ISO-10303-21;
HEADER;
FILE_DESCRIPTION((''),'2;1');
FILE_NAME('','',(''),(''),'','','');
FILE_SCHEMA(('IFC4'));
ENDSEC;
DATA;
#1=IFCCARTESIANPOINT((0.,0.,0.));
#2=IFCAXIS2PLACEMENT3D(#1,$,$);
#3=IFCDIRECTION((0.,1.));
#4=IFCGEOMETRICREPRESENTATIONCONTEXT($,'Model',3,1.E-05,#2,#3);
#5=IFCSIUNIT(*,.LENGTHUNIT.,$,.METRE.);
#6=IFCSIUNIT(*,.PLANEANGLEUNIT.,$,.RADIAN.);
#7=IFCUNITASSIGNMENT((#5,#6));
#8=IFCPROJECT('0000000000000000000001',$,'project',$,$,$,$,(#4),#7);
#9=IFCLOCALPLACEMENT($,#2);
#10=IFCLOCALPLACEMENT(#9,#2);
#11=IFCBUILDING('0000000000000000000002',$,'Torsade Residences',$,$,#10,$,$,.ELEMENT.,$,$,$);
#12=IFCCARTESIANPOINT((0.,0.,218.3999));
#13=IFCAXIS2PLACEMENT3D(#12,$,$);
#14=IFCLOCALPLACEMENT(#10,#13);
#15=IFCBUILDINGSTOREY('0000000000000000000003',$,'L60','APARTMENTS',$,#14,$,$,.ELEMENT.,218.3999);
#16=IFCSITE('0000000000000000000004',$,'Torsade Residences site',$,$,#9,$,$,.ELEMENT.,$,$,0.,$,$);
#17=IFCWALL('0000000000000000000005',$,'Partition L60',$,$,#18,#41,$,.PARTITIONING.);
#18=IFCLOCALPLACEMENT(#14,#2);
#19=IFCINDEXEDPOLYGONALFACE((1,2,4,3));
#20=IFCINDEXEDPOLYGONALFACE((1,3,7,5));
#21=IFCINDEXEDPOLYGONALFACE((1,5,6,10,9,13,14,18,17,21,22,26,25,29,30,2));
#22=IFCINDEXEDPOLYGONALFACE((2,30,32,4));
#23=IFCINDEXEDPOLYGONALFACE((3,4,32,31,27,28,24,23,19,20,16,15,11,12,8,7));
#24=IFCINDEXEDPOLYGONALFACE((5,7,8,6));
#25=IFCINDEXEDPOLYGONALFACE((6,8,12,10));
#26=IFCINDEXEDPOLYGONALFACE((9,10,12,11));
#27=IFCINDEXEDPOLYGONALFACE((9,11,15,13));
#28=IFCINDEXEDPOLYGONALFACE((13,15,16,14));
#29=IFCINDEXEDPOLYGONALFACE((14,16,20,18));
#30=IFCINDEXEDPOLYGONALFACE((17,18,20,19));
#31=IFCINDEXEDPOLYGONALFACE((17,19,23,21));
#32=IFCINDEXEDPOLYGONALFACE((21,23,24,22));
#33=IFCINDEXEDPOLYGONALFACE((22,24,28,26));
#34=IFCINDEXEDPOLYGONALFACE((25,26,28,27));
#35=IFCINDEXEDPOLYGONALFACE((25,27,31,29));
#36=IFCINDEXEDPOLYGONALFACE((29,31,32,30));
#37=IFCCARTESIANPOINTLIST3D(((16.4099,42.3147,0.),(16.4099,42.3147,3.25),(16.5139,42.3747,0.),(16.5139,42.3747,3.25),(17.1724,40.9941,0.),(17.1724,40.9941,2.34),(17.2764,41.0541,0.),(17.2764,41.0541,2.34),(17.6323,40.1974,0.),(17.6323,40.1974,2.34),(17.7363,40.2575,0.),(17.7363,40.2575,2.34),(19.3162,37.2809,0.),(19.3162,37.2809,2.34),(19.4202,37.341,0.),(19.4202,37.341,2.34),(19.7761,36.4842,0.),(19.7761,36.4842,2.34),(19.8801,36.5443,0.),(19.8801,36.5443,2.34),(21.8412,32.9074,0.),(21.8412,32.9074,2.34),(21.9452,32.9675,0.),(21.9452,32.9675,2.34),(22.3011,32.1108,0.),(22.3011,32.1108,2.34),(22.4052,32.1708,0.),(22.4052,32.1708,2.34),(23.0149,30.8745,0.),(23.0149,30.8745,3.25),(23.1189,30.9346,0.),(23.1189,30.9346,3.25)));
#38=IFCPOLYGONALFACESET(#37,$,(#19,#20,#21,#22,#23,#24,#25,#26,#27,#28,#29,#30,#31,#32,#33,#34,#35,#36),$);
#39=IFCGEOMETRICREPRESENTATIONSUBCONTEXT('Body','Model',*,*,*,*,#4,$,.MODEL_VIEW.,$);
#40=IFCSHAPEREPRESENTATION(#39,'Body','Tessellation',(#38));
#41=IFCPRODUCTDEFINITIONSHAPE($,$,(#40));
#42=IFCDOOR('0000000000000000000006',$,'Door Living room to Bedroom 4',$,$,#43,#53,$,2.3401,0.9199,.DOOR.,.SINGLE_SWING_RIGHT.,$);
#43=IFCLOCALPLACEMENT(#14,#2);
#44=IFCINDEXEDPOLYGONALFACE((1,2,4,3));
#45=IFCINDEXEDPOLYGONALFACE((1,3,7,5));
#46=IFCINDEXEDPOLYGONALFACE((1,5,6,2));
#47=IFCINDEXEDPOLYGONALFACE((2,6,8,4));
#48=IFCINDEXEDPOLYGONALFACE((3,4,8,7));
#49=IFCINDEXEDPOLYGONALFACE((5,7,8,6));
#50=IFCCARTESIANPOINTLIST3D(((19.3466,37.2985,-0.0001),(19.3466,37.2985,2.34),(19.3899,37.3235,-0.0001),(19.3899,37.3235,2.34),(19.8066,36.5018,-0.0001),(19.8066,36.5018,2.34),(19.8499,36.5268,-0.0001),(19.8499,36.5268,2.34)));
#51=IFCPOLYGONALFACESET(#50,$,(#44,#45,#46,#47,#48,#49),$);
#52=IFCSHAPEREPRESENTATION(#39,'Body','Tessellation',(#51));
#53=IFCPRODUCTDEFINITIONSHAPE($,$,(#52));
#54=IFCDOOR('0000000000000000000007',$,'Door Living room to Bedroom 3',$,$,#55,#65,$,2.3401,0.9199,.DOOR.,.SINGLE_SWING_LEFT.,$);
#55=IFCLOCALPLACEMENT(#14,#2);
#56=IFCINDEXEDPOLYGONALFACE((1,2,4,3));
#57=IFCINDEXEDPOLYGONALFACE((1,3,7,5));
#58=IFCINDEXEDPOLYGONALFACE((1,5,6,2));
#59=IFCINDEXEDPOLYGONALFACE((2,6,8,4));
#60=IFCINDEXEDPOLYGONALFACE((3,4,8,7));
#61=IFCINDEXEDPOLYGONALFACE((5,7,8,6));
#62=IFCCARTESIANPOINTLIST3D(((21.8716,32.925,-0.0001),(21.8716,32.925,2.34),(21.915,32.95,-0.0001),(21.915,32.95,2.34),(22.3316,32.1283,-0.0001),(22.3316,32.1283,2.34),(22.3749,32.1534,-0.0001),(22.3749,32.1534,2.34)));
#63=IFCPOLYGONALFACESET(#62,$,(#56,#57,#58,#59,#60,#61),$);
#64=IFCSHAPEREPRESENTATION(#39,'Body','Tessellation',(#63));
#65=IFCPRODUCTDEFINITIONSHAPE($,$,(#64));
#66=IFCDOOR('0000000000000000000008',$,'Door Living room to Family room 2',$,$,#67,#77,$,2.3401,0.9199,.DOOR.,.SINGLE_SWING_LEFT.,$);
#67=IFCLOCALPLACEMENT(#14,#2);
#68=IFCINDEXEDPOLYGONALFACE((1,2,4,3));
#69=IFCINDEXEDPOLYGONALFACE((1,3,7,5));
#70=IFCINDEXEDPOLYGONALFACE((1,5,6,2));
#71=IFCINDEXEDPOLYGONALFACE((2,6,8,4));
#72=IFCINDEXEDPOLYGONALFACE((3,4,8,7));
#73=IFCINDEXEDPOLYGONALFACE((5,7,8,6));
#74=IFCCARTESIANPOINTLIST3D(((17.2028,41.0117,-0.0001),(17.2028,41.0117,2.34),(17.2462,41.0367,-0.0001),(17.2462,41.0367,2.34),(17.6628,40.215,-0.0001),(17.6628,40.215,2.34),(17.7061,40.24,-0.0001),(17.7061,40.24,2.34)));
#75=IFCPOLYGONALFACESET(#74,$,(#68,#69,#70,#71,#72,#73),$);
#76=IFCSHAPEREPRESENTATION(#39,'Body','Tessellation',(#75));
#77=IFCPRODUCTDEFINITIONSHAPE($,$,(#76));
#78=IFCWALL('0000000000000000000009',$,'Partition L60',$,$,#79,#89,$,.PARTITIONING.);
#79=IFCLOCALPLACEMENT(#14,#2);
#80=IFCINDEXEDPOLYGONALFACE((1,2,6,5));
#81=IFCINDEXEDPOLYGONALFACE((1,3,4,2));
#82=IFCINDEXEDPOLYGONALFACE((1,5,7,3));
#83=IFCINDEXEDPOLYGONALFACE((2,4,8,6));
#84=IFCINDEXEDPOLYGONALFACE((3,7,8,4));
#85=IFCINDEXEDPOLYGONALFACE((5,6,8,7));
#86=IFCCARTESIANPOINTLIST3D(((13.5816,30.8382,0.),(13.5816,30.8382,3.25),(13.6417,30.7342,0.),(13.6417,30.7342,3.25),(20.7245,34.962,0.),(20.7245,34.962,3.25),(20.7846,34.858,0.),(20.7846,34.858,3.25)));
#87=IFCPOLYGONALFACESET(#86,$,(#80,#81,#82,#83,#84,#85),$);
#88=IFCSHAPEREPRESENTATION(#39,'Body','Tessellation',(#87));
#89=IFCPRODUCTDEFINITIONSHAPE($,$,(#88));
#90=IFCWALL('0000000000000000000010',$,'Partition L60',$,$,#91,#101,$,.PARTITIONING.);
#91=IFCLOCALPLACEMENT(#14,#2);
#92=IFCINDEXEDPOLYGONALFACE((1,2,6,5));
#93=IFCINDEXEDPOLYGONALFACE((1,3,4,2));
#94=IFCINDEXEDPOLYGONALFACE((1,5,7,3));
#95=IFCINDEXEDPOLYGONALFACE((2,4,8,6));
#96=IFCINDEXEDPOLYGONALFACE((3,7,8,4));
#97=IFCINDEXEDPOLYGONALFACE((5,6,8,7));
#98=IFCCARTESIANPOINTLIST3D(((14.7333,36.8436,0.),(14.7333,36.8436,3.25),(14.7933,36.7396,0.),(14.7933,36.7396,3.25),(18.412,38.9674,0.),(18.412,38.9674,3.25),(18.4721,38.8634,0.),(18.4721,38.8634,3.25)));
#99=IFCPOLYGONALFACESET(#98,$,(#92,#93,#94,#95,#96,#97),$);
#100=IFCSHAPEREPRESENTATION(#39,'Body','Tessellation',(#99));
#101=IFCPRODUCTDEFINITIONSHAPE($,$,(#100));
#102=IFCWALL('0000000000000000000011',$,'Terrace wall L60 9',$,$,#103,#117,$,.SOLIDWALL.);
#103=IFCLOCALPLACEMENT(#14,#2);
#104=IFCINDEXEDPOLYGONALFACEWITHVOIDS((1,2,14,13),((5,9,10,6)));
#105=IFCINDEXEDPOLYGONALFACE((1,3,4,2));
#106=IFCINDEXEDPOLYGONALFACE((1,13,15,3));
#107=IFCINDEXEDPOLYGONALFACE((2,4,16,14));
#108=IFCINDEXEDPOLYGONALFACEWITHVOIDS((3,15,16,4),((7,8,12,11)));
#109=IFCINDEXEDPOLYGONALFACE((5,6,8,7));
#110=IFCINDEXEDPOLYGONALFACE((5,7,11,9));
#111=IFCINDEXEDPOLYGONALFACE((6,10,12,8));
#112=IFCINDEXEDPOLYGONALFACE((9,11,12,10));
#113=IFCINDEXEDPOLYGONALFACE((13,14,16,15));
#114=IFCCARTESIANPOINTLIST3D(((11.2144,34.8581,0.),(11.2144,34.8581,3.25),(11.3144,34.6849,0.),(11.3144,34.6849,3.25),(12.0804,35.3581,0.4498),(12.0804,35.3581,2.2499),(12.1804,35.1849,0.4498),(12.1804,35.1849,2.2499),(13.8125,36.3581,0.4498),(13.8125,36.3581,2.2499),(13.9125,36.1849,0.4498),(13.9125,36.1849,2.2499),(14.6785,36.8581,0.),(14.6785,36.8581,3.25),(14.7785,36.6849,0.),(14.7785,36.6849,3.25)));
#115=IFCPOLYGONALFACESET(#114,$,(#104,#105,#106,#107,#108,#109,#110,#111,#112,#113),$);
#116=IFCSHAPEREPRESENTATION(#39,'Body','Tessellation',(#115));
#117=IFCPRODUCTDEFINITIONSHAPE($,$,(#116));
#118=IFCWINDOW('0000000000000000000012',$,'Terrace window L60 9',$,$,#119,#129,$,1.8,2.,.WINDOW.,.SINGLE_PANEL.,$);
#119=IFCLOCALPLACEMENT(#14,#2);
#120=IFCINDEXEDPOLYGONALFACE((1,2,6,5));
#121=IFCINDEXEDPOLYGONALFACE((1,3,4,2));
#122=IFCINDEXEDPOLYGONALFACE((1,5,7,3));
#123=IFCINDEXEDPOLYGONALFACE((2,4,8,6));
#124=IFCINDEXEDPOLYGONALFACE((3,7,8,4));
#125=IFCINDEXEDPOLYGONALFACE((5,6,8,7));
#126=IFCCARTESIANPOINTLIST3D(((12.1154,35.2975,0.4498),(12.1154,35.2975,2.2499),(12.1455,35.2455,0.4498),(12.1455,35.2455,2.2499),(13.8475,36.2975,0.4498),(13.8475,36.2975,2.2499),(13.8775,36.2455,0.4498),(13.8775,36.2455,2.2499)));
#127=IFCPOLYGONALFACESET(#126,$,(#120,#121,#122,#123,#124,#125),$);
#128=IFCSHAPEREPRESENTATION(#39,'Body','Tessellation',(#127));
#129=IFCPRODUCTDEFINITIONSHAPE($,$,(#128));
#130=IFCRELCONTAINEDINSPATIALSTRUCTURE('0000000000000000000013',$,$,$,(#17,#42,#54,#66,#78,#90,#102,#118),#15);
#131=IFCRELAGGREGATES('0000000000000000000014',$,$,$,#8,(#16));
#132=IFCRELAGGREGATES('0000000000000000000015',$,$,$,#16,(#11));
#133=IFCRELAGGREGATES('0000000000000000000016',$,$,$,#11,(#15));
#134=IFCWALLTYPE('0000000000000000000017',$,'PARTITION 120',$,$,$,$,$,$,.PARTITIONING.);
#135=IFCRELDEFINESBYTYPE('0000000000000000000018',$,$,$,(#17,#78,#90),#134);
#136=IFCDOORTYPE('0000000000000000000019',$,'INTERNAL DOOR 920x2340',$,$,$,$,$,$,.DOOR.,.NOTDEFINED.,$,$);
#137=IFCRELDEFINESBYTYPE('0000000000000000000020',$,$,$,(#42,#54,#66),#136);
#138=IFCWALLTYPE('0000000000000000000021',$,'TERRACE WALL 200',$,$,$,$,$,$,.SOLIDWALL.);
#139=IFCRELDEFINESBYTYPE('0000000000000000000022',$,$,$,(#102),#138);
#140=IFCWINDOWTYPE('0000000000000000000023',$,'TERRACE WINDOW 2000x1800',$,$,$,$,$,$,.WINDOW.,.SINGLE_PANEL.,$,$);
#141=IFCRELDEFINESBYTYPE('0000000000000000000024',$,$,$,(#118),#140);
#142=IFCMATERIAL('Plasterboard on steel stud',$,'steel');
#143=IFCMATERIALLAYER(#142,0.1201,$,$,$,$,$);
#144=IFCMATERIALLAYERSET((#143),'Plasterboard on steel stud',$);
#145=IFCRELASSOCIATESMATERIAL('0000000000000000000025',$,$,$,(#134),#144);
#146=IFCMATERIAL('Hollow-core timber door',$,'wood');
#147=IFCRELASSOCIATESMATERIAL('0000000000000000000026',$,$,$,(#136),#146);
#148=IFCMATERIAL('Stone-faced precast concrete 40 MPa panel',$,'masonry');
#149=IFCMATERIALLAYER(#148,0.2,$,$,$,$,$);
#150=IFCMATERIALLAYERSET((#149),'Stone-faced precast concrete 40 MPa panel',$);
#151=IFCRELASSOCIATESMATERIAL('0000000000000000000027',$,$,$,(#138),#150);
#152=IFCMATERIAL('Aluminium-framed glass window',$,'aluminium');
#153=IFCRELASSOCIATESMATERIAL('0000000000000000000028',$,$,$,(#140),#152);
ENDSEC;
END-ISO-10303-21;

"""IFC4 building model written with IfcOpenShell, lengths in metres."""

from ifc_helpers import new_model, si_unit, direction, frame, frame_2d, origin, place, context, subcontext, project, spatial, rectangle, extrude, material, layer, layer_set, type_object, element, fill, save


model = new_model("IFC4")

# Units and contexts
model_context = context("Model", 3, precision=1e-05, world=origin(), true_north=direction((0.0, 1.0)))
body_context = subcontext(model_context, "Body", "Model", "MODEL_VIEW")
ifc_project = project(units=[si_unit("LENGTHUNIT", "METRE"), si_unit("PLANEANGLEUNIT", "RADIAN")], contexts=[model_context])

# Site, building, storey
site_placement = place(None, origin())
site = spatial("IfcSite", under=ifc_project, at=site_placement, Name="Torsade Residences site", CompositionType="ELEMENT", RefElevation=0.0)
building_placement = place(site_placement, origin())
building = spatial("IfcBuilding", under=site, at=building_placement, Name="Torsade Residences", CompositionType="ELEMENT")
storey_placement = place(building_placement, frame((0.0, 0.0, 218.3999)))
storey = spatial("IfcBuildingStorey", under=building, at=storey_placement, Name="L60", Description="APARTMENTS", CompositionType="ELEMENT", Elevation=218.3999)

# Wall, openings, doors
ifc_material_1 = material(Name="Plasterboard on steel stud", Category="steel")
ifc_layer_1 = layer(ifc_material_1, 0.1201)
ifc_layer_set_1 = layer_set([ifc_layer_1], Name="Plasterboard on steel stud")
wall_type_1 = type_object("IfcWallType", Name="PARTITION 120", PredefinedType="PARTITIONING", material=ifc_layer_set_1)
wall_1_placement = place(storey_placement, frame((23.0669, 30.9045, 0.0), z_axis=(0.0, 0.0, 1.0), x_axis=(-0.499999, 0.866026, 0.0)))
wall_1 = element("IfcWall", 1, at=wall_1_placement, inside=storey, type_object=wall_type_1, Name="Partition L60", PredefinedType="PARTITIONING", context=body_context, shape_type="SweptSolid", body=[
    extrude(rectangle(XDim=13.21, YDim=0.1201, at=frame_2d((6.605, 0.0))), origin(), (0.0, 0.0, 1.0), 3.25),
])
opening_1_placement = place(wall_1_placement, frame((6.4775, 0.0, 0.0)))
opening_1 = element("IfcOpeningElement", 2, at=opening_1_placement, cuts=wall_1, PredefinedType="OPENING", context=body_context, shape_type="SweptSolid", body=[
    extrude(rectangle(XDim=0.9199, YDim=2.3401, at=frame_2d((0.46, 1.1699))), frame((0.0, 0.0701, 0.0), z_axis=(0.0, -1.0, 0.0), x_axis=(1.0, 0.0, 0.0)), (0.0, 0.0, 1.0), 0.1401),
])
opening_2_placement = place(wall_1_placement, frame((1.4275, 0.0, 0.0)))
opening_2 = element("IfcOpeningElement", 3, at=opening_2_placement, cuts=wall_1, PredefinedType="OPENING", context=body_context, shape_type="SweptSolid", body=[
    extrude(rectangle(XDim=0.9199, YDim=2.3401, at=frame_2d((0.46, 1.1699))), frame((0.0, 0.0701, 0.0), z_axis=(0.0, -1.0, 0.0), x_axis=(1.0, 0.0, 0.0)), (0.0, 0.0, 1.0), 0.1401),
])
opening_3_placement = place(wall_1_placement, frame((10.7651, 0.0, 0.0)))
opening_3 = element("IfcOpeningElement", 4, at=opening_3_placement, cuts=wall_1, PredefinedType="OPENING", context=body_context, shape_type="SweptSolid", body=[
    extrude(rectangle(XDim=0.9199, YDim=2.3401, at=frame_2d((0.46, 1.1699))), frame((0.0, 0.0701, 0.0), z_axis=(0.0, -1.0, 0.0), x_axis=(1.0, 0.0, 0.0)), (0.0, 0.0, 1.0), 0.1401),
])
ifc_material_2 = material(Name="Hollow-core timber door", Category="wood")
door_type = type_object("IfcDoorType", Name="INTERNAL DOOR 920x2340", OperationType="NOTDEFINED", PredefinedType="DOOR", material=ifc_material_2)
door_1_placement = place(opening_1_placement, origin())
door_1 = element("IfcDoor", 5, at=door_1_placement, inside=storey, type_object=door_type, Name="Door Living room to Bedroom 4", OperationType="SINGLE_SWING_RIGHT", OverallHeight=2.3401, OverallWidth=0.9199, PredefinedType="DOOR", context=body_context, shape_type="SweptSolid", body=[
    extrude(rectangle(XDim=0.9199, YDim=2.3401, at=frame_2d((0.46, 1.1699))), frame((0.0, 0.0249, 0.0), z_axis=(0.0, -1.0, 0.0), x_axis=(1.0, 0.0, 0.0)), (0.0, 0.0, 1.0), 0.05),
])
fill(opening_1, door_1)
door_2_placement = place(opening_2_placement, origin())
door_2 = element("IfcDoor", 6, at=door_2_placement, inside=storey, type_object=door_type, Name="Door Living room to Bedroom 3", OperationType="SINGLE_SWING_LEFT", OverallHeight=2.3401, OverallWidth=0.9199, PredefinedType="DOOR", context=body_context, shape_type="SweptSolid", body=[
    extrude(rectangle(XDim=0.9199, YDim=2.3401, at=frame_2d((0.46, 1.1699))), frame((0.0, 0.0249, 0.0), z_axis=(0.0, -1.0, 0.0), x_axis=(1.0, 0.0, 0.0)), (0.0, 0.0, 1.0), 0.05),
])
fill(opening_2, door_2)
door_3_placement = place(opening_3_placement, origin())
door_3 = element("IfcDoor", 7, at=door_3_placement, inside=storey, type_object=door_type, Name="Door Living room to Family room 2", OperationType="SINGLE_SWING_LEFT", OverallHeight=2.3401, OverallWidth=0.9199, PredefinedType="DOOR", context=body_context, shape_type="SweptSolid", body=[
    extrude(rectangle(XDim=0.9199, YDim=2.3401, at=frame_2d((0.46, 1.1699))), frame((0.0, 0.0249, 0.0), z_axis=(0.0, -1.0, 0.0), x_axis=(1.0, 0.0, 0.0)), (0.0, 0.0, 1.0), 0.05),
])
fill(opening_3, door_3)

# Walls
wall_2_placement = place(storey_placement, frame((13.6116, 30.7861, 0.0), z_axis=(0.0, 0.0, 1.0), x_axis=(0.866032, 0.499988, 0.0)))
element("IfcWall", 8, at=wall_2_placement, inside=storey, type_object=wall_type_1, Name="Partition L60", PredefinedType="PARTITIONING", context=body_context, shape_type="SweptSolid", body=[
    extrude(rectangle(XDim=8.2478, YDim=0.1201, at=frame_2d((4.124, 0.0))), origin(), (0.0, 0.0, 1.0), 3.25),
])
wall_3_placement = place(storey_placement, frame((14.7632, 36.7915, 0.0), z_axis=(0.0, 0.0, 1.0), x_axis=(0.866038, 0.499978, 0.0)))
element("IfcWall", 9, at=wall_3_placement, inside=storey, type_object=wall_type_1, Name="Partition L60", PredefinedType="PARTITIONING", context=body_context, shape_type="SweptSolid", body=[
    extrude(rectangle(XDim=4.2478, YDim=0.1201, at=frame_2d((2.124, 0.0))), origin(), (0.0, 0.0, 1.0), 3.25),
])

# Wall, opening, window
ifc_material_3 = material(Name="Stone-faced precast concrete 40 MPa panel", Category="masonry")
ifc_layer_2 = layer(ifc_material_3, 0.2)
ifc_layer_set_2 = layer_set([ifc_layer_2], Name="Stone-faced precast concrete 40 MPa panel")
wall_type_2 = type_object("IfcWallType", Name="TERRACE WALL 200", PredefinedType="SOLIDWALL", material=ifc_layer_set_2)
wall_4_placement = place(storey_placement, frame((14.7285, 36.7715, 0.0), z_axis=(0.0, 0.0, 1.0), x_axis=(-0.866026, -0.499999, 0.0)))
wall_4 = element("IfcWall", 10, at=wall_4_placement, inside=storey, type_object=wall_type_2, Name="Terrace wall L60 9", PredefinedType="SOLIDWALL", context=body_context, shape_type="SweptSolid", body=[
    extrude(rectangle(XDim=4.0, YDim=0.2, at=frame_2d((2.0, 0.0))), origin(), (0.0, 0.0, 1.0), 3.25),
])
opening_4_placement = place(wall_4_placement, frame((1.0, 0.0, 0.45)))
opening_4 = element("IfcOpeningElement", 11, at=opening_4_placement, cuts=wall_4, PredefinedType="OPENING", context=body_context, shape_type="SweptSolid", body=[
    extrude(rectangle(XDim=2.0, YDim=1.8, at=frame_2d((1.0, 0.8999))), frame((0.0, 0.1099, 0.0), z_axis=(0.0, -1.0, 0.0), x_axis=(1.0, 0.0, 0.0)), (0.0, 0.0, 1.0), 0.22),
])
ifc_material_4 = material(Name="Aluminium-framed glass window", Category="aluminium")
window_type = type_object("IfcWindowType", Name="TERRACE WINDOW 2000x1800", PartitioningType="SINGLE_PANEL", PredefinedType="WINDOW", material=ifc_material_4)
window_placement = place(opening_4_placement, origin())
window = element("IfcWindow", 12, at=window_placement, inside=storey, type_object=window_type, Name="Terrace window L60 9", OverallHeight=1.8, OverallWidth=2.0, PartitioningType="SINGLE_PANEL", PredefinedType="WINDOW", context=body_context, shape_type="SweptSolid", body=[
    extrude(rectangle(XDim=2.0, YDim=1.8, at=frame_2d((1.0, 0.8999))), frame((0.0, 0.03, 0.0), z_axis=(0.0, -1.0, 0.0), x_axis=(1.0, 0.0, 0.0)), (0.0, 0.0, 1.0), 0.0601),
])
fill(opening_4, window)

save(model, "model.ifc")
